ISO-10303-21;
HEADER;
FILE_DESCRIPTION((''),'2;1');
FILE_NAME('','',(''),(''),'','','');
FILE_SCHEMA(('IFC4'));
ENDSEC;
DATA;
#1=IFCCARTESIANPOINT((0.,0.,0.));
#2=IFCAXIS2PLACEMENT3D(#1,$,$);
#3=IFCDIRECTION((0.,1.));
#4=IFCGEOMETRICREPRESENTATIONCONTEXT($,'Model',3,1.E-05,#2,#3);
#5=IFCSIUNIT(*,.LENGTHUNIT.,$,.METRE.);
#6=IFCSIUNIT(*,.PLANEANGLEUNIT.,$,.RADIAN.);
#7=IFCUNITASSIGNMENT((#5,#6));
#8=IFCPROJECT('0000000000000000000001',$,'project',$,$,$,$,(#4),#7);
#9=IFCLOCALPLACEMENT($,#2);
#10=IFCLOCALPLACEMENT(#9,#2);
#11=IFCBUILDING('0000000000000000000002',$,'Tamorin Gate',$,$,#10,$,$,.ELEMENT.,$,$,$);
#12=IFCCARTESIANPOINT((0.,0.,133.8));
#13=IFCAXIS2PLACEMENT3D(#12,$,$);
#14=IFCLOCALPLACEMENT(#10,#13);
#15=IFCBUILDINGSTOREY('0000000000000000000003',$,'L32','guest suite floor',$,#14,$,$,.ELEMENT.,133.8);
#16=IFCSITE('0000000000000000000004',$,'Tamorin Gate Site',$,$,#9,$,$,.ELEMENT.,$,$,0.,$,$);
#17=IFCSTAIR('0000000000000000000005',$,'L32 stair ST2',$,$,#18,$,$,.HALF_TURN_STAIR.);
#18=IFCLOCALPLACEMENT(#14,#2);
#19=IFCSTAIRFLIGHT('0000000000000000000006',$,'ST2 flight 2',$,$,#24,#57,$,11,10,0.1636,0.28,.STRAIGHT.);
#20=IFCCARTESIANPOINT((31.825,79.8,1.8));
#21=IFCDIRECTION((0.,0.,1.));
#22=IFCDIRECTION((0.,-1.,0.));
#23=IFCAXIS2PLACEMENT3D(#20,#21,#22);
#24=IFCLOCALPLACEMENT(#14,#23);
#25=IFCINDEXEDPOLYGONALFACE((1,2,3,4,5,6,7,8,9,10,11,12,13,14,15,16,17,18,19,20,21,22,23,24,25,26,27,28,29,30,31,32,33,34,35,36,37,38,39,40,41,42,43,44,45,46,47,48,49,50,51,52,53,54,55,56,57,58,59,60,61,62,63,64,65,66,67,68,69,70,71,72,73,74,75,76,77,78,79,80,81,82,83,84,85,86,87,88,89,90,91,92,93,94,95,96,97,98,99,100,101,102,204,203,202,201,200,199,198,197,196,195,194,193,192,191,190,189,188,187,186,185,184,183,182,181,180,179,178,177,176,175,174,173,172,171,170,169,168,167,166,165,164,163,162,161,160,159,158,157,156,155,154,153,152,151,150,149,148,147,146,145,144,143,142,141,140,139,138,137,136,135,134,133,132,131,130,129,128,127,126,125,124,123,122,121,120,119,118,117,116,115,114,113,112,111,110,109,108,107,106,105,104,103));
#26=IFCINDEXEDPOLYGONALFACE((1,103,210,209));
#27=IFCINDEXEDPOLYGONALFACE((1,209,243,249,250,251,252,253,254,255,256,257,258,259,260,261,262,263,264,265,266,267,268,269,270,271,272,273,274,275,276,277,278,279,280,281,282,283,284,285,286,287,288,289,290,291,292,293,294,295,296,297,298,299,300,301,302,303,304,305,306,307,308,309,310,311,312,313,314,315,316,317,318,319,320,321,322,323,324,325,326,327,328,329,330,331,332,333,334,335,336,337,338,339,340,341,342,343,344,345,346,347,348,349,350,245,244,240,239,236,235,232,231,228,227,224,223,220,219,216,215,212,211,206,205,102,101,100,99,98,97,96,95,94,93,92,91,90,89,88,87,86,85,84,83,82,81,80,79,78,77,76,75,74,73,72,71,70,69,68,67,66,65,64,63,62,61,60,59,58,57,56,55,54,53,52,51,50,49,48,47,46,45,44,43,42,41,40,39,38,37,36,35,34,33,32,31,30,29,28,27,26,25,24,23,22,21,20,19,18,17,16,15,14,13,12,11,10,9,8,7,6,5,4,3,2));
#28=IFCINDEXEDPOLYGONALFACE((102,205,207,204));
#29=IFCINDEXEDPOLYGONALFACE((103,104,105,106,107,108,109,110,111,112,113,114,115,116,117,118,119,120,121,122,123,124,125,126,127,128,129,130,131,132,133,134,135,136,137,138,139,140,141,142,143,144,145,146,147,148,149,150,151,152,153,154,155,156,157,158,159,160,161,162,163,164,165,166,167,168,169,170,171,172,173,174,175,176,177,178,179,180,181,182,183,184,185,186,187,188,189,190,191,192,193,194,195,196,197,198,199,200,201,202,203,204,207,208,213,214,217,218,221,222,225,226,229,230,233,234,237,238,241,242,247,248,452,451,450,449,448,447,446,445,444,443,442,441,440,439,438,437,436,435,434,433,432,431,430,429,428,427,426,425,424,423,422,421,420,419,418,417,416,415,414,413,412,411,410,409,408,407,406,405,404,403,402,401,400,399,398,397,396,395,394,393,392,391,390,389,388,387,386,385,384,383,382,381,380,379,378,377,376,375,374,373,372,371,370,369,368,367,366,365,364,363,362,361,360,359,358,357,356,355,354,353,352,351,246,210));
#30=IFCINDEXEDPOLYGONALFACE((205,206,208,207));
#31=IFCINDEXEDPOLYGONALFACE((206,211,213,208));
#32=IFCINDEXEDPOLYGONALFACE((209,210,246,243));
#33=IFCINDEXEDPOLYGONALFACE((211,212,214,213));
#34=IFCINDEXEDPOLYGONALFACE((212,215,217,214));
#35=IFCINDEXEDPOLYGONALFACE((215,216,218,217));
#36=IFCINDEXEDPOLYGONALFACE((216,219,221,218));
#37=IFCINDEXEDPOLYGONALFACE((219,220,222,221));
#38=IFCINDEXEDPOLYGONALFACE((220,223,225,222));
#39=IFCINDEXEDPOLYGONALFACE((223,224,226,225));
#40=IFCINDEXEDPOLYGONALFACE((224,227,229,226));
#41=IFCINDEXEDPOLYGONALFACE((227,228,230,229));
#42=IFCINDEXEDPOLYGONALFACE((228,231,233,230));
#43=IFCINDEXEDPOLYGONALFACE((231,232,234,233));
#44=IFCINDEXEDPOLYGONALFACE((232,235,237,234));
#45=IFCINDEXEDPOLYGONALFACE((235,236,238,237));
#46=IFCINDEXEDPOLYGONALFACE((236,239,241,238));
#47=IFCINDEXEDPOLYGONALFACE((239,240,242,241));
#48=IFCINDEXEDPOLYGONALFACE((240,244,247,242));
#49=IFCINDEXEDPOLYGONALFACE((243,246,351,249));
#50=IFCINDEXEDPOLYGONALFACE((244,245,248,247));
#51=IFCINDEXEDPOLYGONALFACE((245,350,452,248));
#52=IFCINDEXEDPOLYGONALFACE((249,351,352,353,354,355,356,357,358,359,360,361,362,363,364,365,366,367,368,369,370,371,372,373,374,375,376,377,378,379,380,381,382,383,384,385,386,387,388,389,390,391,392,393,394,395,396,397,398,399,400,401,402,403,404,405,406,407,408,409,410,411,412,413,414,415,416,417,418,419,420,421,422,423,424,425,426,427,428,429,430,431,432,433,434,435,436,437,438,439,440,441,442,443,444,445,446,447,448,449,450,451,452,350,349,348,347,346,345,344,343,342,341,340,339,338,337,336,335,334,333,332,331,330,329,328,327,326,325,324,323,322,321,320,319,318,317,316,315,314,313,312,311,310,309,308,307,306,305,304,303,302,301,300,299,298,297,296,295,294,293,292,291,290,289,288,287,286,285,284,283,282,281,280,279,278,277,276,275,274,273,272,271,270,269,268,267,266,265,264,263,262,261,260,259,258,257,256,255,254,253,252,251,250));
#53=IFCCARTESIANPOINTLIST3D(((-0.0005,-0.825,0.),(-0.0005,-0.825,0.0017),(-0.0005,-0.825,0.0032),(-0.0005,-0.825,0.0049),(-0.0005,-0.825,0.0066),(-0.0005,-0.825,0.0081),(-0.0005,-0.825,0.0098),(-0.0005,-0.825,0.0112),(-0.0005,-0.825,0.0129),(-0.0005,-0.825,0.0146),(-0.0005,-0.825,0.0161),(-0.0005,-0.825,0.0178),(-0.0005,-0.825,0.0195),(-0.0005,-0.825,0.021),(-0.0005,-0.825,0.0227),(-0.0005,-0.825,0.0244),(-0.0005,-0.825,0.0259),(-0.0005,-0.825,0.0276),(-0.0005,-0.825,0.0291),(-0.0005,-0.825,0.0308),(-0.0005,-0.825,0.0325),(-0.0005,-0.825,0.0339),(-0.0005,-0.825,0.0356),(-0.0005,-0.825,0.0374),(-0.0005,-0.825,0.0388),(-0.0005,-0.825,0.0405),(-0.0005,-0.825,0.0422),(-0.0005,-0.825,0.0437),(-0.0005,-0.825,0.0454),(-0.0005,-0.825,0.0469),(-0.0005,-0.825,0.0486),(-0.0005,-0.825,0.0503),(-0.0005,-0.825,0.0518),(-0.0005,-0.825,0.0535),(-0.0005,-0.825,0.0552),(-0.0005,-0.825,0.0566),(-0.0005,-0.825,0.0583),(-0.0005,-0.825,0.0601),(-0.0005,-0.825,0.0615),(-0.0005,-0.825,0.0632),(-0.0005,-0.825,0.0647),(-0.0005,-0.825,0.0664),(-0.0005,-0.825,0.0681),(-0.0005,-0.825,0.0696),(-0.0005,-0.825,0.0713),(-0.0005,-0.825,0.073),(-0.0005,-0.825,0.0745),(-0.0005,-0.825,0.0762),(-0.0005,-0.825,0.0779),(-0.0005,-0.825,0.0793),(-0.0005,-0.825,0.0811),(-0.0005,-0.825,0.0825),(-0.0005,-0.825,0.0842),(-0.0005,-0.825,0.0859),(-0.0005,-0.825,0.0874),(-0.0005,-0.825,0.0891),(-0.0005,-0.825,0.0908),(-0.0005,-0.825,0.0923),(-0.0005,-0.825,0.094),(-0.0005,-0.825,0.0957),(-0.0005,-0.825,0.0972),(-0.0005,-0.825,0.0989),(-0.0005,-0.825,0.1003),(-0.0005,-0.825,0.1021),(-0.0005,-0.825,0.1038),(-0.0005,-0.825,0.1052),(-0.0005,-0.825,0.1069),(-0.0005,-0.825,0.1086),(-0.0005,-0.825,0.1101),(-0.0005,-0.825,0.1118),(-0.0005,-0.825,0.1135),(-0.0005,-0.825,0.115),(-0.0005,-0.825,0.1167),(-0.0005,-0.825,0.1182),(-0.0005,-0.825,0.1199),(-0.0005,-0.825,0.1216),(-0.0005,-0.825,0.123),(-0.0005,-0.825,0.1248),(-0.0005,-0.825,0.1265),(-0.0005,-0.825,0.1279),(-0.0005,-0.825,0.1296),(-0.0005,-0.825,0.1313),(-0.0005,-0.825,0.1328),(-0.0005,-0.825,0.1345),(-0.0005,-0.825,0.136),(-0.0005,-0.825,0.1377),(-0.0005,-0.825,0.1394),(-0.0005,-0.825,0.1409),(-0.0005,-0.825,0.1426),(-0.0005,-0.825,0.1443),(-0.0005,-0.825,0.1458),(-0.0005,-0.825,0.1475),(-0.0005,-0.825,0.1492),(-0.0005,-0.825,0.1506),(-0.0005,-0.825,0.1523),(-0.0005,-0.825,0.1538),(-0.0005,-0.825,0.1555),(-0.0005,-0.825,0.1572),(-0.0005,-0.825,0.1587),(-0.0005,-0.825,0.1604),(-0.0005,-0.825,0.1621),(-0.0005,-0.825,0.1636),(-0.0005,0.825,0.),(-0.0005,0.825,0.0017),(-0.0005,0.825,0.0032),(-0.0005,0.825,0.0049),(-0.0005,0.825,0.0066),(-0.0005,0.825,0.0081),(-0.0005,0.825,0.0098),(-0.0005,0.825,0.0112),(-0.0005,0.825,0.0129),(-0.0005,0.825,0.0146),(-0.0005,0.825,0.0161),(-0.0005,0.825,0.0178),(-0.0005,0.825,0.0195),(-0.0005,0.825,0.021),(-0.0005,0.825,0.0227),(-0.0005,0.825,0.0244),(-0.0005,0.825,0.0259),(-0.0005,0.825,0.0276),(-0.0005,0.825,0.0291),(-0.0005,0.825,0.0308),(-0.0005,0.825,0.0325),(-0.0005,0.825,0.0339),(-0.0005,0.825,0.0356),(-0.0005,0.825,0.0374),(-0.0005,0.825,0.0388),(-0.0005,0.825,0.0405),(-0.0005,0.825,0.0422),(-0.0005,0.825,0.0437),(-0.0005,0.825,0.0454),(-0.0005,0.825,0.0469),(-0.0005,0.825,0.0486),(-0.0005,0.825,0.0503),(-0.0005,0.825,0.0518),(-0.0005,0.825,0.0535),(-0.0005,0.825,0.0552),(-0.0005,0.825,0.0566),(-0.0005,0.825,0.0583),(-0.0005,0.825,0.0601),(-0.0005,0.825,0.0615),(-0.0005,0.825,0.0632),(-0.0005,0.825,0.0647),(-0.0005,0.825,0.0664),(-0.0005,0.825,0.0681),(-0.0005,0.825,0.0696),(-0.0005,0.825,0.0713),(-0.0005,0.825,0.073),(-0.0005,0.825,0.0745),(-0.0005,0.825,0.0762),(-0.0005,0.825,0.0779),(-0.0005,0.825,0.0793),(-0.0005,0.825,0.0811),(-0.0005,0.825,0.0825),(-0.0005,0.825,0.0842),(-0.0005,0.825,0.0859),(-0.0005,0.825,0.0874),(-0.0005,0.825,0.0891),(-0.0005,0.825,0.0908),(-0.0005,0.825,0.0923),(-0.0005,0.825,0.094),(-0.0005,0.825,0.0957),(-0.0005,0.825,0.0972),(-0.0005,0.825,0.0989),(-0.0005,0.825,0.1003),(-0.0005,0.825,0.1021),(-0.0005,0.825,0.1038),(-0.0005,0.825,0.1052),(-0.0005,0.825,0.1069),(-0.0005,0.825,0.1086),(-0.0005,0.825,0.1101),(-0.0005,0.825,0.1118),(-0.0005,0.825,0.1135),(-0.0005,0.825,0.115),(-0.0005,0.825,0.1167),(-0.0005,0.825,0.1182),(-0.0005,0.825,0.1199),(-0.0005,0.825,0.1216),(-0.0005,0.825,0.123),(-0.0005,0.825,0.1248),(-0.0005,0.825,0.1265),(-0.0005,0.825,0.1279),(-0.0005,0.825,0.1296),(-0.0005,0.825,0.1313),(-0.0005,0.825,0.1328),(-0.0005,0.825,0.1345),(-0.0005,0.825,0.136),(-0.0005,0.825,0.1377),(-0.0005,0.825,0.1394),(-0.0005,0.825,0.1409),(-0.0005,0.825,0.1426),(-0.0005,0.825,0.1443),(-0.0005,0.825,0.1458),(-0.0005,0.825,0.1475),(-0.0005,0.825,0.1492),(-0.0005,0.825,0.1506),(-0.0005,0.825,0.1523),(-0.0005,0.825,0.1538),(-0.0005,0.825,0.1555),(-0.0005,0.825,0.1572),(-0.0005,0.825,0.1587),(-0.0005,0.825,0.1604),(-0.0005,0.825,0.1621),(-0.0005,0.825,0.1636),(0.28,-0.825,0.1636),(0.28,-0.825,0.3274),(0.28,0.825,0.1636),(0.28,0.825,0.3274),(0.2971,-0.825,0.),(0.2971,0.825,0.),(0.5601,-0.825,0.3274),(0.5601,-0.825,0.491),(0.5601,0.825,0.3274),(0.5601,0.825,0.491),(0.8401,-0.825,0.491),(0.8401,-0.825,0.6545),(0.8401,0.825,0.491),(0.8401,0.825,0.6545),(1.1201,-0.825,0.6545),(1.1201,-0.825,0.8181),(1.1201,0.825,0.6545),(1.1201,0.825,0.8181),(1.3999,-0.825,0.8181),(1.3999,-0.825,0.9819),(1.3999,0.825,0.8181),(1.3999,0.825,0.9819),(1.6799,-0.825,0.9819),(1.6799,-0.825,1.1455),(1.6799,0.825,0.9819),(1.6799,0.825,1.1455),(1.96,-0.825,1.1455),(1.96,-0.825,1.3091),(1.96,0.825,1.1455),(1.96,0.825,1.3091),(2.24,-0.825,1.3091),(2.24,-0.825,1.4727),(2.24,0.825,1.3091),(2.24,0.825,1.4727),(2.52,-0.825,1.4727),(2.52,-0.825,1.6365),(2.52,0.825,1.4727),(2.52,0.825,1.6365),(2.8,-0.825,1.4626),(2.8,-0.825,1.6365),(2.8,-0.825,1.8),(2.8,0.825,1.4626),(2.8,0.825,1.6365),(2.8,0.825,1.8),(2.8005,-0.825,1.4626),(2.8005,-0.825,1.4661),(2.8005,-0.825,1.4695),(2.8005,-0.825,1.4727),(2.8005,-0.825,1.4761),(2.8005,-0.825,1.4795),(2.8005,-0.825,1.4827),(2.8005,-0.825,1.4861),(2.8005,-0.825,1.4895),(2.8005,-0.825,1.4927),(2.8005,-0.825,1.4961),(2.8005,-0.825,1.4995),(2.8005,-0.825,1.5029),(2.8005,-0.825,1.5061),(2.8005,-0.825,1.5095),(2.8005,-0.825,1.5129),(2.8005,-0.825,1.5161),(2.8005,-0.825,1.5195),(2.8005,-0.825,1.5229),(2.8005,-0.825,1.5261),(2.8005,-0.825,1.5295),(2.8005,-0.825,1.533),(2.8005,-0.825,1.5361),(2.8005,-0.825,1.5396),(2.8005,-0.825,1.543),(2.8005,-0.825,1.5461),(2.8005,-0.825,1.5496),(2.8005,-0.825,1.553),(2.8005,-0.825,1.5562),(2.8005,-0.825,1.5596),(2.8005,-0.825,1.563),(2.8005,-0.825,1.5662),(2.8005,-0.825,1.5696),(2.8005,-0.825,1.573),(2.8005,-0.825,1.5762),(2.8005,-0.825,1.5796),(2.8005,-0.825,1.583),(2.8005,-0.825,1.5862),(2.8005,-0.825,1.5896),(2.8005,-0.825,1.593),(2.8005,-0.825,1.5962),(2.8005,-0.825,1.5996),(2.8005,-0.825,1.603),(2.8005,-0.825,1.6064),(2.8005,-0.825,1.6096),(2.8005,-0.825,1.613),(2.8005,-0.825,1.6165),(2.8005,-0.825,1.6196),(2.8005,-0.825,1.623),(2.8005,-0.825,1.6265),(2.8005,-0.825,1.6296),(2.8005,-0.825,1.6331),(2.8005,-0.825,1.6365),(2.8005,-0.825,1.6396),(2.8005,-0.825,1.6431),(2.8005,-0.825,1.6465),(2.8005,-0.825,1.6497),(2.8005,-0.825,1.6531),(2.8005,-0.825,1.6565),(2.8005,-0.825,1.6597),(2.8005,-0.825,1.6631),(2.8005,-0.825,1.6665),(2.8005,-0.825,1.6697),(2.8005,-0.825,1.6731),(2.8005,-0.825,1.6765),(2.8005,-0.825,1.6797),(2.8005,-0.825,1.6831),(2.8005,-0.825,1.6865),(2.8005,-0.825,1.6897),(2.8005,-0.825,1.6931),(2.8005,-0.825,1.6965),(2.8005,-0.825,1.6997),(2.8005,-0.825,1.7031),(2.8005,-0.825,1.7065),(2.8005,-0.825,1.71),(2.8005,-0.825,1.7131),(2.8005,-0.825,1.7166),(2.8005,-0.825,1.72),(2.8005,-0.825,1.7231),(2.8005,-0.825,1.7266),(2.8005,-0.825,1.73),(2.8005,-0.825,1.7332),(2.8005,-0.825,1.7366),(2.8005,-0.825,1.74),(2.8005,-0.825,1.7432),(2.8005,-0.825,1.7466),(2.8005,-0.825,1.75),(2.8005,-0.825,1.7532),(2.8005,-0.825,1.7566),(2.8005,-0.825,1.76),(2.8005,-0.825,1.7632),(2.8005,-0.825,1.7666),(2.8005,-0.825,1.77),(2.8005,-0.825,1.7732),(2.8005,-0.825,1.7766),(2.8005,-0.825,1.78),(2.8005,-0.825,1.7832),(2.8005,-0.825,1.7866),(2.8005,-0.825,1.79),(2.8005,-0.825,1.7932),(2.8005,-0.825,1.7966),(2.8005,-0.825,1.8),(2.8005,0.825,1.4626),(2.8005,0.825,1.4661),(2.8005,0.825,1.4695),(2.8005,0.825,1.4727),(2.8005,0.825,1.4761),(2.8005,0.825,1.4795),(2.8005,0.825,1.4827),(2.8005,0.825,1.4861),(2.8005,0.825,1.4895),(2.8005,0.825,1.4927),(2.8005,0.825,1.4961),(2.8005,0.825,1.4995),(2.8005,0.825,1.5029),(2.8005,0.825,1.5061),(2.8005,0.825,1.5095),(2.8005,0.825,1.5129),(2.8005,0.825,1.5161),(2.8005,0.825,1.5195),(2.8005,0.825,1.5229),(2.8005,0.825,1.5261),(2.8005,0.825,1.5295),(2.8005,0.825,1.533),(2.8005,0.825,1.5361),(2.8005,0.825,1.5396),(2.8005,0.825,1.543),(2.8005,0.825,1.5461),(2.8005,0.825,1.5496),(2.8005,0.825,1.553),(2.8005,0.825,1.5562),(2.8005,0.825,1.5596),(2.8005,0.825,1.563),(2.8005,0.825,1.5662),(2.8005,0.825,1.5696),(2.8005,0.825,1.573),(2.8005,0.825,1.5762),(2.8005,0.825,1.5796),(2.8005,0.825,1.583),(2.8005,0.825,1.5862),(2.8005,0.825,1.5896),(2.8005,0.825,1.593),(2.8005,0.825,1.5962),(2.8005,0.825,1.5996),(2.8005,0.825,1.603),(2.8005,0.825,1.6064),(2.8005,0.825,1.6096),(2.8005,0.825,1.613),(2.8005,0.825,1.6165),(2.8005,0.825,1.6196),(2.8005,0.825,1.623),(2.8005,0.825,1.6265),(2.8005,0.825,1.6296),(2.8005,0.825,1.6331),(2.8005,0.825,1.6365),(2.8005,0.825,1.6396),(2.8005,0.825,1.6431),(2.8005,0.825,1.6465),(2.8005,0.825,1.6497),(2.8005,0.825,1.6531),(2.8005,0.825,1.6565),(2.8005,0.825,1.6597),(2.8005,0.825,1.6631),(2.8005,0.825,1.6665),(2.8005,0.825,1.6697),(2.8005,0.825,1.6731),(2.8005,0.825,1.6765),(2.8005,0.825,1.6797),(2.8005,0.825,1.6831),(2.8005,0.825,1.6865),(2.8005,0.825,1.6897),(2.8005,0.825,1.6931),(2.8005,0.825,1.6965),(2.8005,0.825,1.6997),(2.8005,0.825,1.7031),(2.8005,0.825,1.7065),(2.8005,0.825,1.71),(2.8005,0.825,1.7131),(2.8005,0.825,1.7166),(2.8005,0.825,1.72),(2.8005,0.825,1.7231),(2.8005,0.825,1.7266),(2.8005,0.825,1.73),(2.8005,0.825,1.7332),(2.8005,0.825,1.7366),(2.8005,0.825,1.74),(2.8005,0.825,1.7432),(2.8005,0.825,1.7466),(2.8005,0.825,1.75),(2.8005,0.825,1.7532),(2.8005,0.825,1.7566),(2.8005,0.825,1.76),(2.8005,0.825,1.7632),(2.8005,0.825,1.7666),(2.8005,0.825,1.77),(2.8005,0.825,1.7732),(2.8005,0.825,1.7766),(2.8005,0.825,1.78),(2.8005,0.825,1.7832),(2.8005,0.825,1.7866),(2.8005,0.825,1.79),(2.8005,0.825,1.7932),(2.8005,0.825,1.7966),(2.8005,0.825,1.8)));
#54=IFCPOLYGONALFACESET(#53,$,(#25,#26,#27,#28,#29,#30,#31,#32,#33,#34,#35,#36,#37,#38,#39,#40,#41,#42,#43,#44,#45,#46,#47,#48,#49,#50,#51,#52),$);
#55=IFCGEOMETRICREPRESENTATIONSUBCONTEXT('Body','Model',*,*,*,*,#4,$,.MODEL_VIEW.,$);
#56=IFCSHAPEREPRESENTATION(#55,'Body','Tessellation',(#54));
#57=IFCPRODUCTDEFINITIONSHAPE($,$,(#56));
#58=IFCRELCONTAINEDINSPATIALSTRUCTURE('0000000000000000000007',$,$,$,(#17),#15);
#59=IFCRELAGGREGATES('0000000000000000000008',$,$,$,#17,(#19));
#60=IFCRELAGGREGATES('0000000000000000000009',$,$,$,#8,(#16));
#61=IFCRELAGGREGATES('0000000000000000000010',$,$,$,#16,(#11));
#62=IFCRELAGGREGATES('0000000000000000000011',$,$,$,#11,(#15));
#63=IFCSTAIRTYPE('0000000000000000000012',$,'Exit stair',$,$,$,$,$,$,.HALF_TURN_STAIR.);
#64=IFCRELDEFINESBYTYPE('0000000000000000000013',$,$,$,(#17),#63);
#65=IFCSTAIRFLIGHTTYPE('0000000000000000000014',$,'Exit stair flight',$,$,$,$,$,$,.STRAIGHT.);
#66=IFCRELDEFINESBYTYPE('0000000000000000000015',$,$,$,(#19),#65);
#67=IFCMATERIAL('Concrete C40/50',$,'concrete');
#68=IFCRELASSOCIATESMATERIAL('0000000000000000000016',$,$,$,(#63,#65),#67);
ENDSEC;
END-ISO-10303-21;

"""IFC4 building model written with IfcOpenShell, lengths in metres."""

from ifc_helpers import new_model, si_unit, direction, frame, origin, place, context, subcontext, project, spatial, polyline, outline, extrude, material, type_object, element, aggregate, save


model = new_model("IFC4")

# Units and contexts
model_context = context("Model", 3, precision=1e-05, world=origin(), true_north=direction((0.0, 1.0)))
body_context = subcontext(model_context, "Body", "Model", "MODEL_VIEW")
ifc_project = project(units=[si_unit("LENGTHUNIT", "METRE"), si_unit("PLANEANGLEUNIT", "RADIAN")], contexts=[model_context])

# Site, building, storey
site_placement = place(None, origin())
site = spatial("IfcSite", under=ifc_project, at=site_placement, Name="Tamorin Gate Site", CompositionType="ELEMENT", RefElevation=0.0)
building_placement = place(site_placement, origin())
building = spatial("IfcBuilding", under=site, at=building_placement, Name="Tamorin Gate", CompositionType="ELEMENT")
storey_placement = place(building_placement, frame((0.0, 0.0, 133.8)))
storey = spatial("IfcBuildingStorey", under=building, at=storey_placement, Name="L32", Description="guest suite floor", CompositionType="ELEMENT", Elevation=133.8)

# Shared definitions
ifc_material_1 = material(Name="Concrete C40/50", Category="concrete")

# Stair, stair flight
stair_type = type_object("IfcStairType", Name="Exit stair", PredefinedType="HALF_TURN_STAIR", material=ifc_material_1)
stair_flight_type = type_object("IfcStairFlightType", Name="Exit stair flight", PredefinedType="STRAIGHT", material=ifc_material_1)
stair_1_placement = place(storey_placement, origin())
stair_1 = element("IfcStair", 1, at=stair_1_placement, inside=storey, type_object=stair_type, Name="L32 stair ST2", PredefinedType="HALF_TURN_STAIR")
stair_flight_1_placement = place(storey_placement, frame((31.825, 79.8, 1.8), z_axis=(0.0, 0.0, 1.0), x_axis=(0.0, -1.0, 0.0)))
stair_flight_1 = element("IfcStairFlight", 2, at=stair_flight_1_placement, type_object=stair_flight_type, Name="ST2 flight 2", NumberOfRisers=11, NumberOfTreads=10, PredefinedType="STRAIGHT", RiserHeight=0.1636, TreadLength=0.28, context=body_context, shape_type="SweptSolid", body=[
    extrude(outline(polyline([(-0.0005, 0.0), (-0.0005, 0.0017), (-0.0005, 0.0032), (-0.0005, 0.0049), (-0.0005, 0.0066), (-0.0005, 0.0081), (-0.0005, 0.0098), (-0.0005, 0.0112), (-0.0005, 0.0129), (-0.0005, 0.0146), (-0.0005, 0.0161), (-0.0005, 0.0178), (-0.0005, 0.0195), (-0.0005, 0.021), (-0.0005, 0.0227), (-0.0005, 0.0244), (-0.0005, 0.0259), (-0.0005, 0.0276), (-0.0005, 0.0291), (-0.0005, 0.0308), (-0.0005, 0.0325), (-0.0005, 0.0339), (-0.0005, 0.0356), (-0.0005, 0.0374), (-0.0005, 0.0388), (-0.0005, 0.0405), (-0.0005, 0.0422), (-0.0005, 0.0437), (-0.0005, 0.0454), (-0.0005, 0.0469), (-0.0005, 0.0486), (-0.0005, 0.0503), (-0.0005, 0.0518), (-0.0005, 0.0535), (-0.0005, 0.0552), (-0.0005, 0.0566), (-0.0005, 0.0583), (-0.0005, 0.0601), (-0.0005, 0.0615), (-0.0005, 0.0632), (-0.0005, 0.0647), (-0.0005, 0.0664), (-0.0005, 0.0681), (-0.0005, 0.0696), (-0.0005, 0.0713), (-0.0005, 0.073), (-0.0005, 0.0745), (-0.0005, 0.0762), (-0.0005, 0.0779), (-0.0005, 0.0793), (-0.0005, 0.0811), (-0.0005, 0.0825), (-0.0005, 0.0842), (-0.0005, 0.0859), (-0.0005, 0.0874), (-0.0005, 0.0891), (-0.0005, 0.0908), (-0.0005, 0.0923), (-0.0005, 0.094), (-0.0005, 0.0957), (-0.0005, 0.0972), (-0.0005, 0.0989), (-0.0005, 0.1003), (-0.0005, 0.1021), (-0.0005, 0.1038), (-0.0005, 0.1052), (-0.0005, 0.1069), (-0.0005, 0.1086), (-0.0005, 0.1101), (-0.0005, 0.1118), (-0.0005, 0.1135), (-0.0005, 0.115), (-0.0005, 0.1167), (-0.0005, 0.1182), (-0.0005, 0.1199), (-0.0005, 0.1216), (-0.0005, 0.123), (-0.0005, 0.1248), (-0.0005, 0.1265), (-0.0005, 0.1279), (-0.0005, 0.1296), (-0.0005, 0.1313), (-0.0005, 0.1328), (-0.0005, 0.1345), (-0.0005, 0.136), (-0.0005, 0.1377), (-0.0005, 0.1394), (-0.0005, 0.1409), (-0.0005, 0.1426), (-0.0005, 0.1443), (-0.0005, 0.1458), (-0.0005, 0.1475), (-0.0005, 0.1492), (-0.0005, 0.1506), (-0.0005, 0.1523), (-0.0005, 0.1538), (-0.0005, 0.1555), (-0.0005, 0.1572), (-0.0005, 0.1587), (-0.0005, 0.1604), (-0.0005, 0.1621), (-0.0005, 0.1636), (0.28, 0.1636), (0.28, 0.3274), (0.5601, 0.3274), (0.5601, 0.491), (0.8401, 0.491), (0.8401, 0.6545), (1.1201, 0.6545), (1.1201, 0.8181), (1.3999, 0.8181), (1.3999, 0.9819), (1.6799, 0.9819), (1.6799, 1.1455), (1.96, 1.1455), (1.96, 1.3091), (2.24, 1.3091), (2.24, 1.4727), (2.52, 1.4727), (2.52, 1.6365), (2.8, 1.6365), (2.8, 1.8), (2.8005, 1.8), (2.8005, 1.7966), (2.8005, 1.7932), (2.8005, 1.79), (2.8005, 1.7866), (2.8005, 1.7832), (2.8005, 1.78), (2.8005, 1.7766), (2.8005, 1.7732), (2.8005, 1.77), (2.8005, 1.7666), (2.8005, 1.7632), (2.8005, 1.76), (2.8005, 1.7566), (2.8005, 1.7532), (2.8005, 1.75), (2.8005, 1.7466), (2.8005, 1.7432), (2.8005, 1.74), (2.8005, 1.7366), (2.8005, 1.7332), (2.8005, 1.73), (2.8005, 1.7266), (2.8005, 1.7231), (2.8005, 1.72), (2.8005, 1.7166), (2.8005, 1.7131), (2.8005, 1.71), (2.8005, 1.7065), (2.8005, 1.7031), (2.8005, 1.6997), (2.8005, 1.6965), (2.8005, 1.6931), (2.8005, 1.6897), (2.8005, 1.6865), (2.8005, 1.6831), (2.8005, 1.6797), (2.8005, 1.6765), (2.8005, 1.6731), (2.8005, 1.6697), (2.8005, 1.6665), (2.8005, 1.6631), (2.8005, 1.6597), (2.8005, 1.6565), (2.8005, 1.6531), (2.8005, 1.6497), (2.8005, 1.6465), (2.8005, 1.6431), (2.8005, 1.6396), (2.8005, 1.6365), (2.8005, 1.6331), (2.8005, 1.6296), (2.8005, 1.6265), (2.8005, 1.623), (2.8005, 1.6196), (2.8005, 1.6165), (2.8005, 1.613), (2.8005, 1.6096), (2.8005, 1.6064), (2.8005, 1.603), (2.8005, 1.5996), (2.8005, 1.5962), (2.8005, 1.593), (2.8005, 1.5896), (2.8005, 1.5862), (2.8005, 1.583), (2.8005, 1.5796), (2.8005, 1.5762), (2.8005, 1.573), (2.8005, 1.5696), (2.8005, 1.5662), (2.8005, 1.563), (2.8005, 1.5596), (2.8005, 1.5562), (2.8005, 1.553), (2.8005, 1.5496), (2.8005, 1.5461), (2.8005, 1.543), (2.8005, 1.5396), (2.8005, 1.5361), (2.8005, 1.533), (2.8005, 1.5295), (2.8005, 1.5261), (2.8005, 1.5229), (2.8005, 1.5195), (2.8005, 1.5161), (2.8005, 1.5129), (2.8005, 1.5095), (2.8005, 1.5061), (2.8005, 1.5029), (2.8005, 1.4995), (2.8005, 1.4961), (2.8005, 1.4927), (2.8005, 1.4895), (2.8005, 1.4861), (2.8005, 1.4827), (2.8005, 1.4795), (2.8005, 1.4761), (2.8005, 1.4727), (2.8005, 1.4695), (2.8005, 1.4661), (2.8005, 1.4626), (2.8, 1.4626), (0.2971, 0.0), (-0.0005, 0.0)])), frame((0.0, 0.825, 0.0), z_axis=(0.0, -1.0, 0.0), x_axis=(1.0, 0.0, 0.0)), (0.0, 0.0, 1.0), 1.6499),
])
aggregate(stair_1, [stair_flight_1])

save(model, "model.ifc")
